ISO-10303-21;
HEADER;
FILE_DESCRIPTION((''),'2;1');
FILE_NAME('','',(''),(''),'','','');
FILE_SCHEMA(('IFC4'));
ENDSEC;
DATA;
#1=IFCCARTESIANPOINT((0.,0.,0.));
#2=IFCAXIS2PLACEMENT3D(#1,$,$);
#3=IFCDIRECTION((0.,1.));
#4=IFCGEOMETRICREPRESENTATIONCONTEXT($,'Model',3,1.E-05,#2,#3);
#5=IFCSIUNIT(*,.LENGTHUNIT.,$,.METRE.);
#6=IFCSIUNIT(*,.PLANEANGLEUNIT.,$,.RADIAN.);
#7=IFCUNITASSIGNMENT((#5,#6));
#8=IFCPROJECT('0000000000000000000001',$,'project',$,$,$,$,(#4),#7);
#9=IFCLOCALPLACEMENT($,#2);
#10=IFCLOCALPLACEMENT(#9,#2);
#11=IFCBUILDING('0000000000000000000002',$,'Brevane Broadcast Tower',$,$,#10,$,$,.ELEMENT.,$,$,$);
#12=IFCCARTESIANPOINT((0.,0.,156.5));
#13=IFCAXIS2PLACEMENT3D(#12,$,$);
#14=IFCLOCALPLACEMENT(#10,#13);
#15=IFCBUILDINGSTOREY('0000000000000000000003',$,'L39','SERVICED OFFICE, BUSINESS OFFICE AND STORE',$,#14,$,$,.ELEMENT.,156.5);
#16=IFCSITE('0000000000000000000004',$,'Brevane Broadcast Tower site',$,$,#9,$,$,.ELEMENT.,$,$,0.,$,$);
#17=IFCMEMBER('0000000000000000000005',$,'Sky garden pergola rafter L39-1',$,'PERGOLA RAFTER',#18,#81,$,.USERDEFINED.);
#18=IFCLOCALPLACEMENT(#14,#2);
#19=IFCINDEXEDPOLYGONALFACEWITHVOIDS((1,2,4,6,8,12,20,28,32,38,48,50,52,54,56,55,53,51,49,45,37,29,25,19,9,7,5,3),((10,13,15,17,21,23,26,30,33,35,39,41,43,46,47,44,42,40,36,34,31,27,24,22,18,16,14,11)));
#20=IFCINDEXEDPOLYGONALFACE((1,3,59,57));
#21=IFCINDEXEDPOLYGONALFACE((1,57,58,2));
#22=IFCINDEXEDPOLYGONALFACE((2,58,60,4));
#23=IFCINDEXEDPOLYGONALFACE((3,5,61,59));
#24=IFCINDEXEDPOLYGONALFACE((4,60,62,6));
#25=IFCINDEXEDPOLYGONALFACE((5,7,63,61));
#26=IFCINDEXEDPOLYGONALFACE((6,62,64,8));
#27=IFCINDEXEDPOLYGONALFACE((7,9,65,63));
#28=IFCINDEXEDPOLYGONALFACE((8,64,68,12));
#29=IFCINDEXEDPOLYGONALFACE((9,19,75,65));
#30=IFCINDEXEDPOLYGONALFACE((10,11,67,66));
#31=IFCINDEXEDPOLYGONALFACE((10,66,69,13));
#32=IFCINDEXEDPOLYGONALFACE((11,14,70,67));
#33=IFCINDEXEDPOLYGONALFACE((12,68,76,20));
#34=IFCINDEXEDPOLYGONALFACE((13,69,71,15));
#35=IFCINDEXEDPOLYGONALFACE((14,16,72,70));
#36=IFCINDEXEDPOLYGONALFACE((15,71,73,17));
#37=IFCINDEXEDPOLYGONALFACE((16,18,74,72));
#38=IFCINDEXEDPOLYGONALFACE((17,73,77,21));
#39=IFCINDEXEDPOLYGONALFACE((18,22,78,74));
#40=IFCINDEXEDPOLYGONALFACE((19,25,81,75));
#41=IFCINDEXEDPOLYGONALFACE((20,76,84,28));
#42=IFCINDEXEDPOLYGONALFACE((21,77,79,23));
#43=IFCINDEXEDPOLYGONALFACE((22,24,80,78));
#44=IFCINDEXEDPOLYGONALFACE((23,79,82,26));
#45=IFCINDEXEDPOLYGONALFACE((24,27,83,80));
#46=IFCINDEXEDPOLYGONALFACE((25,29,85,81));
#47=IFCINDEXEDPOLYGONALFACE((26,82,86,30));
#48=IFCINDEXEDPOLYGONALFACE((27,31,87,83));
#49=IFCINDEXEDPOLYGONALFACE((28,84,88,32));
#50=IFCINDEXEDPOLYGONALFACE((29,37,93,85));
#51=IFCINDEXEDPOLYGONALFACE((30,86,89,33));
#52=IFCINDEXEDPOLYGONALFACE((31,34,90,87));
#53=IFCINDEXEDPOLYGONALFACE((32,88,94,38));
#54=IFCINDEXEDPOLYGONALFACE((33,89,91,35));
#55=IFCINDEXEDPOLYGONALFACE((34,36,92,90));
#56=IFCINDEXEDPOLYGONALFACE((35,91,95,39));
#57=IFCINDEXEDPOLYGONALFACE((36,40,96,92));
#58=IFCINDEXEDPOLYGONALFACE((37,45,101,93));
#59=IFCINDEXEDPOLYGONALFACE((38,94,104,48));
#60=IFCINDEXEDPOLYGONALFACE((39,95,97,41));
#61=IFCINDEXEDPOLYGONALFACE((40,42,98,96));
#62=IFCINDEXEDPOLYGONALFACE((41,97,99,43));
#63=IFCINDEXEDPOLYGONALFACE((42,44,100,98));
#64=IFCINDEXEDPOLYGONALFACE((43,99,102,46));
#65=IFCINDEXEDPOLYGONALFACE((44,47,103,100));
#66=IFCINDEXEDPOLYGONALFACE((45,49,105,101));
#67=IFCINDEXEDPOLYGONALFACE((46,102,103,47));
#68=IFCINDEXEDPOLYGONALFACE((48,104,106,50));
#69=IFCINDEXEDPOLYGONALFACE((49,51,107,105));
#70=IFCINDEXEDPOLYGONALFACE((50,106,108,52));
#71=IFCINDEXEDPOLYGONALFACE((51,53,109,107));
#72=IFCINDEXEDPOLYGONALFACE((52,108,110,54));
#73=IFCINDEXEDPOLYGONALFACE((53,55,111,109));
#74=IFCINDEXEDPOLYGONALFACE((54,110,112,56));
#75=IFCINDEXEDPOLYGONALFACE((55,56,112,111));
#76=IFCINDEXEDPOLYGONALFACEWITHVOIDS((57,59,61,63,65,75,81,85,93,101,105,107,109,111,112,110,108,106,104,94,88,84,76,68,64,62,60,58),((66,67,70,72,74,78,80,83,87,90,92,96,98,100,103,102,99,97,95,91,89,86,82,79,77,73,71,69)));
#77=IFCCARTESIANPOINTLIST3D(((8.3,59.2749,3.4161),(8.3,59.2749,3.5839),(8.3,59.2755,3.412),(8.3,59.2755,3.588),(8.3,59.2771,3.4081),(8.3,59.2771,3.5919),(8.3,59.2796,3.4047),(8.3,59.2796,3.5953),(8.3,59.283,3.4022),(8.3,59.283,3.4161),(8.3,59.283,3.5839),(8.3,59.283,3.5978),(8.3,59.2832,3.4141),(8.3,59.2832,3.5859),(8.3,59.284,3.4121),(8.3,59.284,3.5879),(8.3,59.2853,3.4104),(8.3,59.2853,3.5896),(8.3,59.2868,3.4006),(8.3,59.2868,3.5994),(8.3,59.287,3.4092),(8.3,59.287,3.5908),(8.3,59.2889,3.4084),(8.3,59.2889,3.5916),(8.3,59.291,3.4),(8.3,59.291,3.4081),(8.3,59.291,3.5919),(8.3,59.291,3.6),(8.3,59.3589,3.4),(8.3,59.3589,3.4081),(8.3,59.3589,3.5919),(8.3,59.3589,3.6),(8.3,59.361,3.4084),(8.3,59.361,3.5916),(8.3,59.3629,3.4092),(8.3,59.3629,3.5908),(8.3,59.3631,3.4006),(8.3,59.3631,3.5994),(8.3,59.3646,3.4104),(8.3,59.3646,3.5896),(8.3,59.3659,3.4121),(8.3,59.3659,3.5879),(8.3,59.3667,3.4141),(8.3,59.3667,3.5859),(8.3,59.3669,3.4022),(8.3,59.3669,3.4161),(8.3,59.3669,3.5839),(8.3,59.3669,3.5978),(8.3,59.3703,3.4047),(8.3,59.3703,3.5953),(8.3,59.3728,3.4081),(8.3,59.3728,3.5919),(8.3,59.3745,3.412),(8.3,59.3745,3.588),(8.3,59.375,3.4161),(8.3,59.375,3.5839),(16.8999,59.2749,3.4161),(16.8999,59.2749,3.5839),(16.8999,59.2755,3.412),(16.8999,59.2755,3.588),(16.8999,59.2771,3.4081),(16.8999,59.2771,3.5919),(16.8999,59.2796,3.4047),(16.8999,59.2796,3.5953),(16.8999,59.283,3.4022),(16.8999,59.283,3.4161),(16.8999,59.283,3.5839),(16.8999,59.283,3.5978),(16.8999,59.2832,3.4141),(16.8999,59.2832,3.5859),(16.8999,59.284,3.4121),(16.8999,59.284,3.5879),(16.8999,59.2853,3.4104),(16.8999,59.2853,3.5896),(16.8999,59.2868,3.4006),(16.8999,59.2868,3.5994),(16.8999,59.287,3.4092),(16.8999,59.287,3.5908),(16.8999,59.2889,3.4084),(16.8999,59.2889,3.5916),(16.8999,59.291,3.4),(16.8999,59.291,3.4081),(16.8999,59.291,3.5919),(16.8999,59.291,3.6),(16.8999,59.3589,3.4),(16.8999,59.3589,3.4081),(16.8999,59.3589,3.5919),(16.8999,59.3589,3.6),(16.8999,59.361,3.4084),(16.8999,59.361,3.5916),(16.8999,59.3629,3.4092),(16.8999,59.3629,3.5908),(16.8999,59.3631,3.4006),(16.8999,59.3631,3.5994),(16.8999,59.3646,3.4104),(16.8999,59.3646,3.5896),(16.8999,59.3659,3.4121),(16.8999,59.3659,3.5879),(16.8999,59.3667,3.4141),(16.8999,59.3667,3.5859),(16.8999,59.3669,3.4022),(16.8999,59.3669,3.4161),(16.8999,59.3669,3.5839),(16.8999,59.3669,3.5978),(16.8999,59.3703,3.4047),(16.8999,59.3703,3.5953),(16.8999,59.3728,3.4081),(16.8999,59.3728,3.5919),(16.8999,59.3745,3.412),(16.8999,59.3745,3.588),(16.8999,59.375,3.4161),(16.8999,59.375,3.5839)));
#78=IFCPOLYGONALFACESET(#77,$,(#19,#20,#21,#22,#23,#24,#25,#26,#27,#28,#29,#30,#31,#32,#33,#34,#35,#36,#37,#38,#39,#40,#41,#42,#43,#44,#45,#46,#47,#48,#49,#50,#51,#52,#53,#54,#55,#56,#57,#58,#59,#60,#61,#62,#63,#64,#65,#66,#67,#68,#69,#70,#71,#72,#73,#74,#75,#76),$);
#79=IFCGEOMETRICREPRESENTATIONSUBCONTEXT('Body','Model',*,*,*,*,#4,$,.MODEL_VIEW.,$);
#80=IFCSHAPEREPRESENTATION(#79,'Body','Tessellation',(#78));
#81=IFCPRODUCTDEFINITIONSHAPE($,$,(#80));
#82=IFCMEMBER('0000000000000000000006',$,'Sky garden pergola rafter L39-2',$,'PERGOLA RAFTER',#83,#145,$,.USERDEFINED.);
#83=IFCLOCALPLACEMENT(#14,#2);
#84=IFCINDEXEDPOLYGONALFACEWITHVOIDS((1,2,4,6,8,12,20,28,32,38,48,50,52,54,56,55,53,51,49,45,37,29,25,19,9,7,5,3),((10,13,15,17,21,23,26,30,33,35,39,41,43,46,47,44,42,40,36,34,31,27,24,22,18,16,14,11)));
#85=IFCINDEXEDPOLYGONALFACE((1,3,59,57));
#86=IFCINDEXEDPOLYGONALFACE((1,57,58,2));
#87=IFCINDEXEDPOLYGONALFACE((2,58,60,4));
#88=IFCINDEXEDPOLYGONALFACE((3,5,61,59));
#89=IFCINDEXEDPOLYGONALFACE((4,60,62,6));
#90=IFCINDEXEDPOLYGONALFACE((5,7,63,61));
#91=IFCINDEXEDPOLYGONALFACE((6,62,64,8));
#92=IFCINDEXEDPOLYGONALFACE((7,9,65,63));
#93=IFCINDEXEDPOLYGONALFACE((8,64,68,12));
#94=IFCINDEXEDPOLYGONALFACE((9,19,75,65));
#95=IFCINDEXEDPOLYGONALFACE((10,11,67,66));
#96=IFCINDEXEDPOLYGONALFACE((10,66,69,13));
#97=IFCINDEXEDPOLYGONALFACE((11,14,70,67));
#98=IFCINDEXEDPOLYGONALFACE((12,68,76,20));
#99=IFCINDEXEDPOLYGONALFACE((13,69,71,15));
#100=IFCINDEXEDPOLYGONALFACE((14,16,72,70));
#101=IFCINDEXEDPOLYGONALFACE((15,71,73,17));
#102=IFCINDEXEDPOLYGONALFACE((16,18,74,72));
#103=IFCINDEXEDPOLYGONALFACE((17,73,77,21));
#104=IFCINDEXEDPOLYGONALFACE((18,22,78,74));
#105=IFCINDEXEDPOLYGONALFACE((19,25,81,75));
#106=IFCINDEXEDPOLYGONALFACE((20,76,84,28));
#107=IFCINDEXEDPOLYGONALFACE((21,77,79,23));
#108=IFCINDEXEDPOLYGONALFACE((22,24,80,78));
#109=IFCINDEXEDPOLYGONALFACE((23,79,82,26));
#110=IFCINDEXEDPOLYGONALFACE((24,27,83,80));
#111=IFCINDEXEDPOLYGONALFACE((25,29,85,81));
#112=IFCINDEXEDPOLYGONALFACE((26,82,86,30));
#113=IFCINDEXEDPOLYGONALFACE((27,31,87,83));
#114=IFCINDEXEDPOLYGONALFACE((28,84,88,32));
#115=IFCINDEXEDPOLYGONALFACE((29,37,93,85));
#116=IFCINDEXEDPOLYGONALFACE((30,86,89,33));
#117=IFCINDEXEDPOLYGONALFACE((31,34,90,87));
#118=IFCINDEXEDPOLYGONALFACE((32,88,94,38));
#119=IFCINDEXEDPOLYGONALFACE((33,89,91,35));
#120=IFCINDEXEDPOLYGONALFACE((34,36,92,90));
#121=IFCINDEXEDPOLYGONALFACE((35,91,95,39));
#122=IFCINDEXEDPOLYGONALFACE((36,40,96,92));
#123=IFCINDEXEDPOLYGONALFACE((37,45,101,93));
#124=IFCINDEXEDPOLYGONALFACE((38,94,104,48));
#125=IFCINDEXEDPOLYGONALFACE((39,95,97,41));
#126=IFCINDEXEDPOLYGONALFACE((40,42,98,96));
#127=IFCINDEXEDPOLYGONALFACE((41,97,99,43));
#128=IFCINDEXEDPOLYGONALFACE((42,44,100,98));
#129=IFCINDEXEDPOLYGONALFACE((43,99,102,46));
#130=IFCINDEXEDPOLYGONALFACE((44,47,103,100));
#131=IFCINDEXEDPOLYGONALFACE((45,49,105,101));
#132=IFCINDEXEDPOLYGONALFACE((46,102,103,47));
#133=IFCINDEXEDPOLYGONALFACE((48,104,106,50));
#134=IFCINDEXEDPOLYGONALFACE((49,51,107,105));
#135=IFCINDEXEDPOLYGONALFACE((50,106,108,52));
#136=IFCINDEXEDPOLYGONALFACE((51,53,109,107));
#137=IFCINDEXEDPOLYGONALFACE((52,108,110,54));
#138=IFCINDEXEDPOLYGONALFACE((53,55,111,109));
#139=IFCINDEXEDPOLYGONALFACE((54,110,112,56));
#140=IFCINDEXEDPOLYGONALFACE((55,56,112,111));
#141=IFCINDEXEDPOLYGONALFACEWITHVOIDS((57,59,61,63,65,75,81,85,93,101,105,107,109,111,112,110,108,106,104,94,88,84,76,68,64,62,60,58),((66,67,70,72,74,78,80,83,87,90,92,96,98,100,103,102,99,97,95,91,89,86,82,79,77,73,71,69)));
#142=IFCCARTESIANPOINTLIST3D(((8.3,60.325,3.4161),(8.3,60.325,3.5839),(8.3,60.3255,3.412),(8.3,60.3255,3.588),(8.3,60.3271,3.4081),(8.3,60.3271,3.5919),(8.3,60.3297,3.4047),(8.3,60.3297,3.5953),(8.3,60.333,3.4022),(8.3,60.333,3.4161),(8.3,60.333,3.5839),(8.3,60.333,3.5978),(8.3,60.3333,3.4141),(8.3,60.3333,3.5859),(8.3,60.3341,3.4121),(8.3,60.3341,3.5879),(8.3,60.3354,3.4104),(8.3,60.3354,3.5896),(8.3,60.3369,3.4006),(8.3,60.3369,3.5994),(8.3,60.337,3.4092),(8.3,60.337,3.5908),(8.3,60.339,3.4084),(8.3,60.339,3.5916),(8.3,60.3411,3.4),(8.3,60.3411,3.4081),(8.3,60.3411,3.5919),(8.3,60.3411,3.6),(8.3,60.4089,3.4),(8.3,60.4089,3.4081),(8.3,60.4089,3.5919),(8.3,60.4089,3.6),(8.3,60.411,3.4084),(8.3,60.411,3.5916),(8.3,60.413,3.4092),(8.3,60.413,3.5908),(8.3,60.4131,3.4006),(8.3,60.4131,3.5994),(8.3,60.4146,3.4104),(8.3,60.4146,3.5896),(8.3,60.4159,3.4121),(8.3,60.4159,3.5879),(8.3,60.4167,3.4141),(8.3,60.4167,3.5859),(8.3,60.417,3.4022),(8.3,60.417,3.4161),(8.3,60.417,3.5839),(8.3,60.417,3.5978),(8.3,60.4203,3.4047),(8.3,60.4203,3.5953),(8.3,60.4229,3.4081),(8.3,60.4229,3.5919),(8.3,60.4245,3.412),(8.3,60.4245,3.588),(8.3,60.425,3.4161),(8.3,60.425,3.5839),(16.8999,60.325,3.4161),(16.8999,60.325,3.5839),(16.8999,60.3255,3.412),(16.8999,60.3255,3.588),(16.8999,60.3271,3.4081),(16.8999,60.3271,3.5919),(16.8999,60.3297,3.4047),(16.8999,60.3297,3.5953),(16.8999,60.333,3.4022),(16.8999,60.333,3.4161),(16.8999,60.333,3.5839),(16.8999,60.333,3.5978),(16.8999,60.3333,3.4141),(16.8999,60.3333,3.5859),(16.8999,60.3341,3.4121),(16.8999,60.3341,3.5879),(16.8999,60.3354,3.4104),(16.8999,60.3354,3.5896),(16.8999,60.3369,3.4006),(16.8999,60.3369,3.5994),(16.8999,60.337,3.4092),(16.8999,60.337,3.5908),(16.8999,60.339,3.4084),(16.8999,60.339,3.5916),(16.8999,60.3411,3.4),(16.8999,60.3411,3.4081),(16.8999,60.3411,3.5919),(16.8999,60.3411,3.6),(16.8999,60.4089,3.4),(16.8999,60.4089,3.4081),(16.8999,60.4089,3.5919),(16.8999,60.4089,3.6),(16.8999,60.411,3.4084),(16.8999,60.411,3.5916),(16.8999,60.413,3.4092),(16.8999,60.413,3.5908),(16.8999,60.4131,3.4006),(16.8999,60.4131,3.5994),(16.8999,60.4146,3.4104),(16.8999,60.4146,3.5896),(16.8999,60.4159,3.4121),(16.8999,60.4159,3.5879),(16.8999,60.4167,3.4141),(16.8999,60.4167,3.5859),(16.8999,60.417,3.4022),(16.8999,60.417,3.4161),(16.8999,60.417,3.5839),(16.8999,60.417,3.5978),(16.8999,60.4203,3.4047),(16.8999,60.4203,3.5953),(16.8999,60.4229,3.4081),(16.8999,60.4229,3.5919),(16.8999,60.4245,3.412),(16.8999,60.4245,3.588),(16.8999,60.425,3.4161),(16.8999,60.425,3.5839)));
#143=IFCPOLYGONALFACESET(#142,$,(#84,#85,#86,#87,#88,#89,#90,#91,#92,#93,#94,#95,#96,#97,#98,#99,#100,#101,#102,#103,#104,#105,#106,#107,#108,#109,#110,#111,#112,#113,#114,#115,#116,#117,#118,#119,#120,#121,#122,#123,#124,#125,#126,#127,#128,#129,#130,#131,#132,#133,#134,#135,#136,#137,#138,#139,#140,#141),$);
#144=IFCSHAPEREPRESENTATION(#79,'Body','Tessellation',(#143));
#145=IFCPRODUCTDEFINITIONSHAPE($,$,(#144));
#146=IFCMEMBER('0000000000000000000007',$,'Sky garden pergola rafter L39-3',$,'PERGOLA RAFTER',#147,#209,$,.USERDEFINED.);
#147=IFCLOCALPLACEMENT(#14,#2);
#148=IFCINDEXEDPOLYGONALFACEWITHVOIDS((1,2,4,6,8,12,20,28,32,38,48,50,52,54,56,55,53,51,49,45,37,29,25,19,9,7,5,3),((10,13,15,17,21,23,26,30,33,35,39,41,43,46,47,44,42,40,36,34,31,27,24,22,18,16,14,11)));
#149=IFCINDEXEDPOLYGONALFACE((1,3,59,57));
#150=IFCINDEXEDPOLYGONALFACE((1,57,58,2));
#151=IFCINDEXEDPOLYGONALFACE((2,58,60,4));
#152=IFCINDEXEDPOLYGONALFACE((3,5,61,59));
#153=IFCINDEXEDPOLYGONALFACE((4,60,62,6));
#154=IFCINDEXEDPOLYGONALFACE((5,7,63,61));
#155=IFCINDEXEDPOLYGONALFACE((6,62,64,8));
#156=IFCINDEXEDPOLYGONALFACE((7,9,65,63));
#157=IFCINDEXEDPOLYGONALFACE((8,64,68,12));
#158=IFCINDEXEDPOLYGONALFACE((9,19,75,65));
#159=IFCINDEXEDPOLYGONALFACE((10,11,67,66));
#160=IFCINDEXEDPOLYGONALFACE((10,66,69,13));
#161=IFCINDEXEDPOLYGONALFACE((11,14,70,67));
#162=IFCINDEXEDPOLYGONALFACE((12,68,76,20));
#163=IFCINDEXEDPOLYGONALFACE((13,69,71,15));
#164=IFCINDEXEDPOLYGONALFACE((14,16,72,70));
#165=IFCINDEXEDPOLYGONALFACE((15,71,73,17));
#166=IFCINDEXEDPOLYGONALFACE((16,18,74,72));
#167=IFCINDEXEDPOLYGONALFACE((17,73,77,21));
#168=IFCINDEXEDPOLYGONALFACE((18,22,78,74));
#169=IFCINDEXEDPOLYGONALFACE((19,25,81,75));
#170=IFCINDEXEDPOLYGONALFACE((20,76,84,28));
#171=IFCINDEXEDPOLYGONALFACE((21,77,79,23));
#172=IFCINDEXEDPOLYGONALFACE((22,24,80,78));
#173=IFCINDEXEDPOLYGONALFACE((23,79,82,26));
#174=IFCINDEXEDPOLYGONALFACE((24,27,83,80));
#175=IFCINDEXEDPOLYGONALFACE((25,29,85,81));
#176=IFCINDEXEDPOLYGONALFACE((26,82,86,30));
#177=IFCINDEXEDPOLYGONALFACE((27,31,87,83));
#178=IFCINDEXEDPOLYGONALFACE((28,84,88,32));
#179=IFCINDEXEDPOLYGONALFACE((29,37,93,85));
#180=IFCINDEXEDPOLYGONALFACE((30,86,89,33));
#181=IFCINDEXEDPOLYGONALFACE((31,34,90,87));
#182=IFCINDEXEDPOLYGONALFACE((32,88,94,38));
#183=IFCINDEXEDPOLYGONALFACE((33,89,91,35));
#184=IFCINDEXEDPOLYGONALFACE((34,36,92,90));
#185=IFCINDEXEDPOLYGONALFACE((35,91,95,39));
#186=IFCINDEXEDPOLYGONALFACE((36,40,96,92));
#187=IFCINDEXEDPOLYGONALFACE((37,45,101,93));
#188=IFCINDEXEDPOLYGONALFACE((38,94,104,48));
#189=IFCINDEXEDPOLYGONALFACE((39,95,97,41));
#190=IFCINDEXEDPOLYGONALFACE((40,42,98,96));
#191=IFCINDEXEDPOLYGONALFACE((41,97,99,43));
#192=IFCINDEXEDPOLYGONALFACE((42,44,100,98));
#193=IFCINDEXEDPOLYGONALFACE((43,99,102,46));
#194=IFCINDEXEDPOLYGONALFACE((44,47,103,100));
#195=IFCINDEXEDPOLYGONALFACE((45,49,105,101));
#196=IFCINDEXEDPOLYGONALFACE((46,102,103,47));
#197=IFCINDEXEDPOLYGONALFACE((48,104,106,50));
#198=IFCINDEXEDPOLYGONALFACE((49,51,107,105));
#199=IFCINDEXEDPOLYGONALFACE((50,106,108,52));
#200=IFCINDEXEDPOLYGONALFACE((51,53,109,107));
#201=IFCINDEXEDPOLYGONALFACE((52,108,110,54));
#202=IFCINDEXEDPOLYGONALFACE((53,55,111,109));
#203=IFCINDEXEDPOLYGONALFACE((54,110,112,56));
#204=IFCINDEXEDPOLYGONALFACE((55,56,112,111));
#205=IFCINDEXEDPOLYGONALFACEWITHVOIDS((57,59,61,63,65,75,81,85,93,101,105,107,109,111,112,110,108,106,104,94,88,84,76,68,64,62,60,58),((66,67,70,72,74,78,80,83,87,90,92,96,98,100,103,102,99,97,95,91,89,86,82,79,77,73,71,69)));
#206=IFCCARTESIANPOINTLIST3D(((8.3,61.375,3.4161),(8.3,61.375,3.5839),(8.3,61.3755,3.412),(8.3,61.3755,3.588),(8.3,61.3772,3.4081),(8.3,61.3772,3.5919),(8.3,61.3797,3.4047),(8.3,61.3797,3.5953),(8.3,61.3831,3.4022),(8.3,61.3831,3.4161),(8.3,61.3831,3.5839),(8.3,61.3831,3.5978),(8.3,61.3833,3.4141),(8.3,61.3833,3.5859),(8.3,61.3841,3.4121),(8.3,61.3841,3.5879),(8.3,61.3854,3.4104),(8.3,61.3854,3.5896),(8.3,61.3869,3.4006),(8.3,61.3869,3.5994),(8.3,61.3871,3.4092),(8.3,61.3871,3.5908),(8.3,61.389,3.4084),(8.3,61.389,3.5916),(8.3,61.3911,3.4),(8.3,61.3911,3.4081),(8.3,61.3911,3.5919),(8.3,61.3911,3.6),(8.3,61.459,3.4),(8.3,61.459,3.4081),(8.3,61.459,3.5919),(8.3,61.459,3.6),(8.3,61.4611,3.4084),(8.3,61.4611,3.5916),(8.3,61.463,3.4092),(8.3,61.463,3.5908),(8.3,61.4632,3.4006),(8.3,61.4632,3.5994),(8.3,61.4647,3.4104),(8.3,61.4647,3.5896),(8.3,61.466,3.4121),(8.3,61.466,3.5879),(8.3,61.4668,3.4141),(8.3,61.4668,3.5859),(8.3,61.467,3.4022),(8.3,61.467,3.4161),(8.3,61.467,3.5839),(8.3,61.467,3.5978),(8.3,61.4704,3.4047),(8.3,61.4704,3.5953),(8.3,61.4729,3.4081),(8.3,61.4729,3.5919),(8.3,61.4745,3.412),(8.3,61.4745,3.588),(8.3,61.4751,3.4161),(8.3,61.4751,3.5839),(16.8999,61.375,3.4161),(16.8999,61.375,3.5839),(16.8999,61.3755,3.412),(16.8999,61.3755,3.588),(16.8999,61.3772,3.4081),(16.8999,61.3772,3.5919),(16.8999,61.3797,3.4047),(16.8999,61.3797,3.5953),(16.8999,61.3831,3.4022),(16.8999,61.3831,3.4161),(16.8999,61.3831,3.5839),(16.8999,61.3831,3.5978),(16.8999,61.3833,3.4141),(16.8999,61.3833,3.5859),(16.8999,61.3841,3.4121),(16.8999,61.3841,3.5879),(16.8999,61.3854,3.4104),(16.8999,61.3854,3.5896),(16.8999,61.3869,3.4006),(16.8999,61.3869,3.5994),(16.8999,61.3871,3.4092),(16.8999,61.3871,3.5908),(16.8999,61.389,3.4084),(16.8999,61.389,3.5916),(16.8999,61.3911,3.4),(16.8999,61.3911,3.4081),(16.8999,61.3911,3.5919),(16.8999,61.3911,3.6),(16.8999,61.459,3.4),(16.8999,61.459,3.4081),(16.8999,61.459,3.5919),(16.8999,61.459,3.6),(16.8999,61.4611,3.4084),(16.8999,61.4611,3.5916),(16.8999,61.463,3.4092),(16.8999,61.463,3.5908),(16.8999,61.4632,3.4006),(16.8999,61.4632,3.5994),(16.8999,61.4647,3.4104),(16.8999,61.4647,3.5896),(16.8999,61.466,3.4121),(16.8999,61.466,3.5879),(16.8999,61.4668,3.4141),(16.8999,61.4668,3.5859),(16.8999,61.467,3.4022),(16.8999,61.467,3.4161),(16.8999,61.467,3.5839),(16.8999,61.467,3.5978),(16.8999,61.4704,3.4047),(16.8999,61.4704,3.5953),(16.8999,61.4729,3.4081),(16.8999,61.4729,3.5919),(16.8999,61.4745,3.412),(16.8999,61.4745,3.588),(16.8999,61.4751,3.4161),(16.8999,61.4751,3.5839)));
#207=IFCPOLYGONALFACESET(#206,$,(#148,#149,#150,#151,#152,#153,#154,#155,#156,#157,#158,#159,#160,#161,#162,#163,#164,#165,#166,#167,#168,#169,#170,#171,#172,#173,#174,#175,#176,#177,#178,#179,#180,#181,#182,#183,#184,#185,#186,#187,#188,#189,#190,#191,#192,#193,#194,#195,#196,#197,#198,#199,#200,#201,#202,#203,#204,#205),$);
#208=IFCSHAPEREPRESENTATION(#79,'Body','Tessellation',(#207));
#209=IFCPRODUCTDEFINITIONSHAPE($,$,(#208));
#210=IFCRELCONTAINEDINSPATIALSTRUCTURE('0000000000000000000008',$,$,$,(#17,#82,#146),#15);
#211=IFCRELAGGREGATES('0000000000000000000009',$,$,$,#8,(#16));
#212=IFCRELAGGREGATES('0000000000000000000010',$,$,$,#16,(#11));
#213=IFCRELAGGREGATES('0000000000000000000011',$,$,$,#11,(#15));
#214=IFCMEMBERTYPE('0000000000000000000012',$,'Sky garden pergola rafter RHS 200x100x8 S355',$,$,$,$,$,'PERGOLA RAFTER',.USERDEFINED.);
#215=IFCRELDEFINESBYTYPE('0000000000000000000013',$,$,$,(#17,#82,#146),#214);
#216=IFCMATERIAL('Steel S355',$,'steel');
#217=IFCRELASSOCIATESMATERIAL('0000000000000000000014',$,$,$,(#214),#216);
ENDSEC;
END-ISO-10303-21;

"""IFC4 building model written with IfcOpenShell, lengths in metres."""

from ifc_helpers import new_model, si_unit, direction, frame, origin, origin_2d, place, context, subcontext, project, spatial, hollow_rectangle, extrude, material, material_profile, profile_set, type_object, element, save


model = new_model("IFC4")

# Units and contexts
model_context = context("Model", 3, precision=1e-05, world=origin(), true_north=direction((0.0, 1.0)))
body_context = subcontext(model_context, "Body", "Model", "MODEL_VIEW")
ifc_project = project(units=[si_unit("LENGTHUNIT", "METRE"), si_unit("PLANEANGLEUNIT", "RADIAN")], contexts=[model_context])

# Site, building, storey
site_placement = place(None, origin())
site = spatial("IfcSite", under=ifc_project, at=site_placement, Name="Brevane Broadcast Tower site", CompositionType="ELEMENT", RefElevation=0.0)
building_placement = place(site_placement, origin())
building = spatial("IfcBuilding", under=site, at=building_placement, Name="Brevane Broadcast Tower", CompositionType="ELEMENT")
storey_placement = place(building_placement, frame((0.0, 0.0, 156.5)))
storey = spatial("IfcBuildingStorey", under=building, at=storey_placement, Name="L39", Description="SERVICED OFFICE, BUSINESS OFFICE AND STORE", CompositionType="ELEMENT", Elevation=156.5)

# Members
ifc_material_1 = material(Name="Steel S355", Category="steel")
ifc_material_profile_1 = material_profile(ifc_material_1, hollow_rectangle(XDim=0.1001, YDim=0.2, WallThickness=0.0081, InnerFilletRadius=0.0081, OuterFilletRadius=0.0161, at=origin_2d()), Name="RHS 200x100x8")
ifc_profile_set_1 = profile_set([ifc_material_profile_1], Name="Steel S355")
member_type_1 = type_object("IfcMemberType", Name="Sky garden pergola rafter RHS 200x100x8 S355", ElementType="PERGOLA RAFTER", PredefinedType="USERDEFINED", material=ifc_profile_set_1)
for number, where, z_axis, x_axis, name in (
    (1, (8.3, 59.325, 3.5), (1.0, 0.0, 0.0), (0.0, 1.0, 0.0), "Sky garden pergola rafter L39-1"),
    (2, (8.3, 60.375, 3.5), (1.0, 0.0, 0.0), (0.0, 1.0, 0.0), "Sky garden pergola rafter L39-2"),
    (3, (8.3, 61.425, 3.5), (1.0, 0.0, 0.0), (0.0, 1.0, 0.0), "Sky garden pergola rafter L39-3"),
):
    element("IfcMember", number, at=place(storey_placement, frame(where, z_axis=z_axis, x_axis=x_axis)), inside=storey, type_object=member_type_1, Name=name, ObjectType="PERGOLA RAFTER", PredefinedType="USERDEFINED", context=body_context, shape_type="SweptSolid", body=[
        extrude(hollow_rectangle(XDim=0.1001, YDim=0.2, WallThickness=0.0081, InnerFilletRadius=0.0081, OuterFilletRadius=0.0161, at=origin_2d()), origin(), (0.0, 0.0, 1.0), 8.5999),
    ])

save(model, "model.ifc")
